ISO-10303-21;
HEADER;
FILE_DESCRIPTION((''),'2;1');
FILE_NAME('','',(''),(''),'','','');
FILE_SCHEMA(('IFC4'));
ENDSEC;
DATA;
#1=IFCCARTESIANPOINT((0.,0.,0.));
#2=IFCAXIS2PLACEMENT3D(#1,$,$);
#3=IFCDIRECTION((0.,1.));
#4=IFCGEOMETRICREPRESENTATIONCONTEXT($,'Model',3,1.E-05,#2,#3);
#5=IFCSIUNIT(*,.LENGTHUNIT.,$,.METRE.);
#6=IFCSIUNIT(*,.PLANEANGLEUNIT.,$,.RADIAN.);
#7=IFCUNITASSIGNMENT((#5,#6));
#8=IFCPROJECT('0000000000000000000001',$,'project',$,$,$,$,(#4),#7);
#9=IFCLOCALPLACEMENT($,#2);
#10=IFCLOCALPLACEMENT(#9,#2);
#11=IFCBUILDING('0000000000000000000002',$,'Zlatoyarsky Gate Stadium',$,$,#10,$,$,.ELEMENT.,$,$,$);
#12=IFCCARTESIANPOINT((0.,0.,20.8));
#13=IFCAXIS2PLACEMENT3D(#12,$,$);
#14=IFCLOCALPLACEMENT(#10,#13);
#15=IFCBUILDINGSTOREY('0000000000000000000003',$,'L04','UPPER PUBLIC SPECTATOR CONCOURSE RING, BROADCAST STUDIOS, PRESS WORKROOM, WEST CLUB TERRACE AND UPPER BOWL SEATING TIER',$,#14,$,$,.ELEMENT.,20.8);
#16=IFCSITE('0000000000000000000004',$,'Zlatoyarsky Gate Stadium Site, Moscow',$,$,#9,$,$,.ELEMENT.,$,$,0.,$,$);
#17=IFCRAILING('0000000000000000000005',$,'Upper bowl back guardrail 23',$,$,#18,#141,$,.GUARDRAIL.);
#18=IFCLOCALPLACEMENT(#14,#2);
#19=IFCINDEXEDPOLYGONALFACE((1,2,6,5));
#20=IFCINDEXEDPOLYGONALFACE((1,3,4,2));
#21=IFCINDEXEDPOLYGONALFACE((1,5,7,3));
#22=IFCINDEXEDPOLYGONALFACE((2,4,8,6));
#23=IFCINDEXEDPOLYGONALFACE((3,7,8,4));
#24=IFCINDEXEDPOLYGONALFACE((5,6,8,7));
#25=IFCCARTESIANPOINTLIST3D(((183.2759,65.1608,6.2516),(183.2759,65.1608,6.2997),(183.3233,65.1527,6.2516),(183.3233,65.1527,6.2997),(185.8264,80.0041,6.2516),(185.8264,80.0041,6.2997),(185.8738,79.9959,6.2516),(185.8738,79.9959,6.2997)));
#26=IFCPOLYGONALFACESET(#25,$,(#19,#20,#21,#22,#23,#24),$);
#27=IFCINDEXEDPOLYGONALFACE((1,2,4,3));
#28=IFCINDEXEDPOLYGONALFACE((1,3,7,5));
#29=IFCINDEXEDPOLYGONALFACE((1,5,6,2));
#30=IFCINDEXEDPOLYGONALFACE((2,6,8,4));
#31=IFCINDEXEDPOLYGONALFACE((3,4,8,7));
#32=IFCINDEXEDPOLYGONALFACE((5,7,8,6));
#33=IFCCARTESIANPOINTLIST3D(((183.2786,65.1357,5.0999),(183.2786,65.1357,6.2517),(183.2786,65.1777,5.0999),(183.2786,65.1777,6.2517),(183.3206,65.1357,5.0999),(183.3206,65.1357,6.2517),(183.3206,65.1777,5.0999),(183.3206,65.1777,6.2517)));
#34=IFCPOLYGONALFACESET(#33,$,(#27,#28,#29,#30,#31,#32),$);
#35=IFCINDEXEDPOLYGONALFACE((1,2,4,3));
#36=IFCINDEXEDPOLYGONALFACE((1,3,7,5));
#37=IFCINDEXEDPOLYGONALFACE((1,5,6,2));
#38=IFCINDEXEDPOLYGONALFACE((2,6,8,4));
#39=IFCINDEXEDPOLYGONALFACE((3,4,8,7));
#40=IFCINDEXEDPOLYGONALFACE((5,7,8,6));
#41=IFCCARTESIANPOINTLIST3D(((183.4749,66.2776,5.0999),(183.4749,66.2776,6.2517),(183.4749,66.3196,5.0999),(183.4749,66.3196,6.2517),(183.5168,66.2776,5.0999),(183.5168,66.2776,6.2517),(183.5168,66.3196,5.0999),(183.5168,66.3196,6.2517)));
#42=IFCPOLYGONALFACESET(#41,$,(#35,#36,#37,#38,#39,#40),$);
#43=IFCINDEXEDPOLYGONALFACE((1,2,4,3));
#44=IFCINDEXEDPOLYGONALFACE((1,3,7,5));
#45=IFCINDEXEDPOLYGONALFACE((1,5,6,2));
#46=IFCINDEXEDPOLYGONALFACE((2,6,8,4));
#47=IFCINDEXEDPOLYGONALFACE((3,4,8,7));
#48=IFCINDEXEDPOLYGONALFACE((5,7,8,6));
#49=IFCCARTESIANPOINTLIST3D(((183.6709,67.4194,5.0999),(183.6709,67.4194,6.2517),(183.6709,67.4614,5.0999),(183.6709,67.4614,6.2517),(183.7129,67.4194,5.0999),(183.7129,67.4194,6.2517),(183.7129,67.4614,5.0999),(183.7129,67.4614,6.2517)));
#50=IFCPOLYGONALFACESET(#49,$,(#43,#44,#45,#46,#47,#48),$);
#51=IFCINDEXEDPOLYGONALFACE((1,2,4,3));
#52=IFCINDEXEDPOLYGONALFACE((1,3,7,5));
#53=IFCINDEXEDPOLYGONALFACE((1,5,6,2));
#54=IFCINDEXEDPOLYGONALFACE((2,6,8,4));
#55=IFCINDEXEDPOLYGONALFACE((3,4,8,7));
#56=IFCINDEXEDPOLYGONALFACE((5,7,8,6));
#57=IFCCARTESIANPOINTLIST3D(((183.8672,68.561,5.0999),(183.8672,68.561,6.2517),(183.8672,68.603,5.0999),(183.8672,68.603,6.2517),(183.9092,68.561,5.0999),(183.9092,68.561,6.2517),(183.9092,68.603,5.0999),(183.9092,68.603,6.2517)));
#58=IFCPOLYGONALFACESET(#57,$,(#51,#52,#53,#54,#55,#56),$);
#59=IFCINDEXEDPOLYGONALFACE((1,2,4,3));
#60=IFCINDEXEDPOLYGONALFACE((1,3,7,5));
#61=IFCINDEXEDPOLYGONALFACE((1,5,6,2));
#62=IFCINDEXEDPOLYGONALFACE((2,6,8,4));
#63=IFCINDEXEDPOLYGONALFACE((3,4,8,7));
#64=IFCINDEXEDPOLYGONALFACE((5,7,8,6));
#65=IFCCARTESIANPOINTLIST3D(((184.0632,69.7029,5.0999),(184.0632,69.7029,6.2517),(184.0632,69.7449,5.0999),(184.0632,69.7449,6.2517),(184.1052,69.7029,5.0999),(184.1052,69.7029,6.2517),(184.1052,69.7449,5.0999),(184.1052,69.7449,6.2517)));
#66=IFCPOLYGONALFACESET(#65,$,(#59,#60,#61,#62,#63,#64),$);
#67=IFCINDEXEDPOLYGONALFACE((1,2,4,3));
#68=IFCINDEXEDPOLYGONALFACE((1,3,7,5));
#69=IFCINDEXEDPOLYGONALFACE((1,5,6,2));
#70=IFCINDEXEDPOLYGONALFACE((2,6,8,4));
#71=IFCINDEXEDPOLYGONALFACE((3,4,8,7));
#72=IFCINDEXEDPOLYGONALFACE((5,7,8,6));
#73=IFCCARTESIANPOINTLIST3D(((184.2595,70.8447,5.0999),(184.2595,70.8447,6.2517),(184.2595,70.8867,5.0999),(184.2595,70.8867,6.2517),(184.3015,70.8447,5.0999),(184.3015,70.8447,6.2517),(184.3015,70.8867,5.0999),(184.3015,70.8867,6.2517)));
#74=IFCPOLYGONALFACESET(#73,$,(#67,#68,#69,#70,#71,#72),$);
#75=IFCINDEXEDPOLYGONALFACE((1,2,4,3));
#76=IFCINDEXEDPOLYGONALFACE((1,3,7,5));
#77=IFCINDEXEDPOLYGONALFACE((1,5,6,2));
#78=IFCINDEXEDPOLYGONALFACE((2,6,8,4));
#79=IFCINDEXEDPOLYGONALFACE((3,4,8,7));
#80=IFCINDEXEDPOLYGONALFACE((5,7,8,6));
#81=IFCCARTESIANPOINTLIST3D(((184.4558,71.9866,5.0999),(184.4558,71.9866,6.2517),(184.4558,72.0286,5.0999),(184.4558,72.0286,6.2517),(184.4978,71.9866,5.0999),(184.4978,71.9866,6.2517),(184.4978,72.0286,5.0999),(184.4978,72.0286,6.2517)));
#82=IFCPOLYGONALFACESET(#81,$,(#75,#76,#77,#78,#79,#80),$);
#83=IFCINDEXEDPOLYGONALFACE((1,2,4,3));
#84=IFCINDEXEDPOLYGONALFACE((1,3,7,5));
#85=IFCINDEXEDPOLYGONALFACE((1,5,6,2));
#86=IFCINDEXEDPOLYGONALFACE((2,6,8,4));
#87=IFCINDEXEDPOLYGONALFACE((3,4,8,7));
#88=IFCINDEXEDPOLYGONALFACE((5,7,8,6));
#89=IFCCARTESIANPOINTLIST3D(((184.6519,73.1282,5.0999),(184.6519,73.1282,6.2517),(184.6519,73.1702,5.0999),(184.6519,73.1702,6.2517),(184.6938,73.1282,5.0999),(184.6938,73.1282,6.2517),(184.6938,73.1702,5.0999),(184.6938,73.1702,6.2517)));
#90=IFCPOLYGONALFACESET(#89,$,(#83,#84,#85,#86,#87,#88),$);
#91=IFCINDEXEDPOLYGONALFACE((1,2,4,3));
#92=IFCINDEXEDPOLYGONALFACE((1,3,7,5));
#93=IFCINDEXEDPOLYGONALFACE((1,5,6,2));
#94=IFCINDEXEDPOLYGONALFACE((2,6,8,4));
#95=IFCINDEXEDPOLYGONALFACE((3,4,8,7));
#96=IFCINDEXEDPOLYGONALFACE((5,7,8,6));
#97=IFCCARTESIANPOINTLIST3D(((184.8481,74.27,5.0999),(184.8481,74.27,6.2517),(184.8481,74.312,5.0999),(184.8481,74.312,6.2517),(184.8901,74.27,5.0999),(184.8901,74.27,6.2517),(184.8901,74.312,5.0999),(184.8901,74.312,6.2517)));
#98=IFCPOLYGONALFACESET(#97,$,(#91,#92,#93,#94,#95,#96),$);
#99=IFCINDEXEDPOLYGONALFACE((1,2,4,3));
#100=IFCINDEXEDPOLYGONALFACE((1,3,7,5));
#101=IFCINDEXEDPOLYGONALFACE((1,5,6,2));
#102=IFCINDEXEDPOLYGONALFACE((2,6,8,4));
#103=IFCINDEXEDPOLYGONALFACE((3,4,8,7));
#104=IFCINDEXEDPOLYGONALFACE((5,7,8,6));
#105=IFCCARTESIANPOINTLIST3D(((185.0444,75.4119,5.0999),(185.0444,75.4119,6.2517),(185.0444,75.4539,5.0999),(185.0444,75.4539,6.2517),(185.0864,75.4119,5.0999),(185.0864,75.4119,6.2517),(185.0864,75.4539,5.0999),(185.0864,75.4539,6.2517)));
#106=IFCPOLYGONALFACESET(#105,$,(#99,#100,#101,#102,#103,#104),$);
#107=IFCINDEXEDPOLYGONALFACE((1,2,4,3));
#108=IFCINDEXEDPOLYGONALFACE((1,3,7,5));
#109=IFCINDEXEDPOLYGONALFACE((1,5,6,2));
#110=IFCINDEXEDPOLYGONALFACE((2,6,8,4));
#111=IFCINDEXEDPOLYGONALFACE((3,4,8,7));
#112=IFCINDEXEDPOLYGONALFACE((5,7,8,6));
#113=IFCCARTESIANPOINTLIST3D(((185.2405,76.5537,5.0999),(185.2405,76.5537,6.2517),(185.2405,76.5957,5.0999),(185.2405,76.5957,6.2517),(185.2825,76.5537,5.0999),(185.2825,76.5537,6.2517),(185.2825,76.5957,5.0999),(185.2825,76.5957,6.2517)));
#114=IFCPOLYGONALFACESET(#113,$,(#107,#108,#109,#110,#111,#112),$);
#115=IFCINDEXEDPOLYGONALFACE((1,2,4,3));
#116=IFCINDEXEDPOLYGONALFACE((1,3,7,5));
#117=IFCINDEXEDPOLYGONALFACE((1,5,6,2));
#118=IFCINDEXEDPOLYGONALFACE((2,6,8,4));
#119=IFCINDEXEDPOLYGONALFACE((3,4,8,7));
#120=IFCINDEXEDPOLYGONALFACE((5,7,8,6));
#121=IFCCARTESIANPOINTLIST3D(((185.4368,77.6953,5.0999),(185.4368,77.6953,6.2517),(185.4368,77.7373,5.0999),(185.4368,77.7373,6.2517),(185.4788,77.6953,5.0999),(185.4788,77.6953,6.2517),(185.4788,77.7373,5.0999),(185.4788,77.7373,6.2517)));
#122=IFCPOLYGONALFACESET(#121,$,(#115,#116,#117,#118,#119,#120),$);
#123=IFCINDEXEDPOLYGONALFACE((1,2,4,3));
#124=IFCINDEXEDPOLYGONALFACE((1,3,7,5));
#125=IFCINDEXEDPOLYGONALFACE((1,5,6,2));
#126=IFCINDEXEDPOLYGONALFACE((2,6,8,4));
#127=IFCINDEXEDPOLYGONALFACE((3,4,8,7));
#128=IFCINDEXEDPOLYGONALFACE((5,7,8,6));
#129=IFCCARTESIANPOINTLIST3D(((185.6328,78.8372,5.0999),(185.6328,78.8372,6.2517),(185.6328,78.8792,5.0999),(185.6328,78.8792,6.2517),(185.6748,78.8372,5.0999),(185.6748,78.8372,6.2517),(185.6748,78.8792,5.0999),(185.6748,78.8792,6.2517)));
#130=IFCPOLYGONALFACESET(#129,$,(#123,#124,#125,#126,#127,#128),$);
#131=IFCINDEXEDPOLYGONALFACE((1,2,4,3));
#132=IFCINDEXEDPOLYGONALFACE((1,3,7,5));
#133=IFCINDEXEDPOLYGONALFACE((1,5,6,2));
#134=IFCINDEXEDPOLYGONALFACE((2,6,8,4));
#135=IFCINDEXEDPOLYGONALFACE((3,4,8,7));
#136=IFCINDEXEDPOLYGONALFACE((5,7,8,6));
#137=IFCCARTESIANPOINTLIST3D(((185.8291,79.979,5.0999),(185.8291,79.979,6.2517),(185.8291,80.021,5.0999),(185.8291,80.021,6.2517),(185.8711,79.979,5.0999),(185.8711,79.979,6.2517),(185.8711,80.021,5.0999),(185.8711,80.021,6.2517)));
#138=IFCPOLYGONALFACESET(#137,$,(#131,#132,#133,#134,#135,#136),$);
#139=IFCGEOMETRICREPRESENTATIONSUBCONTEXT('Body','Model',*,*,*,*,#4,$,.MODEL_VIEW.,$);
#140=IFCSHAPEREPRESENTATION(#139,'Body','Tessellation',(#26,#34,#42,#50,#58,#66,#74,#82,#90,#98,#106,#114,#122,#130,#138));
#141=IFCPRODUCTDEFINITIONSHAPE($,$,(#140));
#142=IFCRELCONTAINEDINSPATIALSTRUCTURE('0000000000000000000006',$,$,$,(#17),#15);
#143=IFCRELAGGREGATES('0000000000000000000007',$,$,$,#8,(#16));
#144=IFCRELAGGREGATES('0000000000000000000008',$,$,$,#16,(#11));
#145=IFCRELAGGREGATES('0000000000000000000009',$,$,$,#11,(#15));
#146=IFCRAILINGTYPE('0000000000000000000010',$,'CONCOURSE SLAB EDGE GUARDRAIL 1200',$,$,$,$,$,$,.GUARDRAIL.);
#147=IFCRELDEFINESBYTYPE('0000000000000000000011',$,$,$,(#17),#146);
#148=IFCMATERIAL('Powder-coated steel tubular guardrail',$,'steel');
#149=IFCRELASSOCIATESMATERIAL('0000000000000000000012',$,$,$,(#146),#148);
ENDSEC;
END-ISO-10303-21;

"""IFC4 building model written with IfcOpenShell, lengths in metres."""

from ifc_helpers import new_model, si_unit, direction, frame, origin, origin_2d, place, context, subcontext, project, spatial, rectangle, extrude, material, type_object, element, save


model = new_model("IFC4")

# Units and contexts
model_context = context("Model", 3, precision=1e-05, world=origin(), true_north=direction((0.0, 1.0)))
body_context = subcontext(model_context, "Body", "Model", "MODEL_VIEW")
ifc_project = project(units=[si_unit("LENGTHUNIT", "METRE"), si_unit("PLANEANGLEUNIT", "RADIAN")], contexts=[model_context])

# Site, building, storey
site_placement = place(None, origin())
site = spatial("IfcSite", under=ifc_project, at=site_placement, Name="Zlatoyarsky Gate Stadium Site, Moscow", CompositionType="ELEMENT", RefElevation=0.0)
building_placement = place(site_placement, origin())
building = spatial("IfcBuilding", under=site, at=building_placement, Name="Zlatoyarsky Gate Stadium", CompositionType="ELEMENT")
storey_placement = place(building_placement, frame((0.0, 0.0, 20.8)))
storey = spatial("IfcBuildingStorey", under=building, at=storey_placement, Name="L04", Description="UPPER PUBLIC SPECTATOR CONCOURSE RING, BROADCAST STUDIOS, PRESS WORKROOM, WEST CLUB TERRACE AND UPPER BOWL SEATING TIER", CompositionType="ELEMENT", Elevation=20.8)

# Railing
ifc_material_1 = material(Name="Powder-coated steel tubular guardrail", Category="steel")
railing_type_1 = type_object("IfcRailingType", Name="CONCOURSE SLAB EDGE GUARDRAIL 1200", PredefinedType="GUARDRAIL", material=ifc_material_1)
railing_1_placement = place(storey_placement, frame((183.2996, 65.1567, 5.0999)))
element("IfcRailing", 1, at=railing_1_placement, inside=storey, type_object=railing_type_1, Name="Upper bowl back guardrail 23", PredefinedType="GUARDRAIL", context=body_context, shape_type="SweptSolid", body=[
    extrude(rectangle(XDim=0.0481, YDim=0.0481, at=origin_2d()), frame((0.0, 0.0, 1.1758), z_axis=(0.169349, 0.985556, 0.0), x_axis=(-0.985556, 0.169349, 0.0)), (0.0, 0.0, 1.0), 15.0608),
    extrude(rectangle(XDim=0.042, YDim=0.042, at=origin_2d()), origin(), (0.0, 0.0, 1.0), 1.1519),
    extrude(rectangle(XDim=0.042, YDim=0.042, at=origin_2d()), frame((0.1963, 1.1418, 0.0)), (0.0, 0.0, 1.0), 1.1519),
    extrude(rectangle(XDim=0.042, YDim=0.042, at=origin_2d()), frame((0.3923, 2.2837, 0.0)), (0.0, 0.0, 1.0), 1.1519),
    extrude(rectangle(XDim=0.042, YDim=0.042, at=origin_2d()), frame((0.5886, 3.4253, 0.0)), (0.0, 0.0, 1.0), 1.1519),
    extrude(rectangle(XDim=0.042, YDim=0.042, at=origin_2d()), frame((0.7847, 4.5671, 0.0)), (0.0, 0.0, 1.0), 1.1519),
    extrude(rectangle(XDim=0.042, YDim=0.042, at=origin_2d()), frame((0.981, 5.709, 0.0)), (0.0, 0.0, 1.0), 1.1519),
    extrude(rectangle(XDim=0.042, YDim=0.042, at=origin_2d()), frame((1.1772, 6.8508, 0.0)), (0.0, 0.0, 1.0), 1.1519),
    extrude(rectangle(XDim=0.042, YDim=0.042, at=origin_2d()), frame((1.3733, 7.9924, 0.0)), (0.0, 0.0, 1.0), 1.1519),
    extrude(rectangle(XDim=0.042, YDim=0.042, at=origin_2d()), frame((1.5696, 9.1343, 0.0)), (0.0, 0.0, 1.0), 1.1519),
    extrude(rectangle(XDim=0.042, YDim=0.042, at=origin_2d()), frame((1.7659, 10.2761, 0.0)), (0.0, 0.0, 1.0), 1.1519),
    extrude(rectangle(XDim=0.042, YDim=0.042, at=origin_2d()), frame((1.9619, 11.418, 0.0)), (0.0, 0.0, 1.0), 1.1519),
    extrude(rectangle(XDim=0.042, YDim=0.042, at=origin_2d()), frame((2.1582, 12.5596, 0.0)), (0.0, 0.0, 1.0), 1.1519),
    extrude(rectangle(XDim=0.042, YDim=0.042, at=origin_2d()), frame((2.3542, 13.7014, 0.0)), (0.0, 0.0, 1.0), 1.1519),
    extrude(rectangle(XDim=0.042, YDim=0.042, at=origin_2d()), frame((2.5505, 14.8433, 0.0)), (0.0, 0.0, 1.0), 1.1519),
])

save(model, "model.ifc")
